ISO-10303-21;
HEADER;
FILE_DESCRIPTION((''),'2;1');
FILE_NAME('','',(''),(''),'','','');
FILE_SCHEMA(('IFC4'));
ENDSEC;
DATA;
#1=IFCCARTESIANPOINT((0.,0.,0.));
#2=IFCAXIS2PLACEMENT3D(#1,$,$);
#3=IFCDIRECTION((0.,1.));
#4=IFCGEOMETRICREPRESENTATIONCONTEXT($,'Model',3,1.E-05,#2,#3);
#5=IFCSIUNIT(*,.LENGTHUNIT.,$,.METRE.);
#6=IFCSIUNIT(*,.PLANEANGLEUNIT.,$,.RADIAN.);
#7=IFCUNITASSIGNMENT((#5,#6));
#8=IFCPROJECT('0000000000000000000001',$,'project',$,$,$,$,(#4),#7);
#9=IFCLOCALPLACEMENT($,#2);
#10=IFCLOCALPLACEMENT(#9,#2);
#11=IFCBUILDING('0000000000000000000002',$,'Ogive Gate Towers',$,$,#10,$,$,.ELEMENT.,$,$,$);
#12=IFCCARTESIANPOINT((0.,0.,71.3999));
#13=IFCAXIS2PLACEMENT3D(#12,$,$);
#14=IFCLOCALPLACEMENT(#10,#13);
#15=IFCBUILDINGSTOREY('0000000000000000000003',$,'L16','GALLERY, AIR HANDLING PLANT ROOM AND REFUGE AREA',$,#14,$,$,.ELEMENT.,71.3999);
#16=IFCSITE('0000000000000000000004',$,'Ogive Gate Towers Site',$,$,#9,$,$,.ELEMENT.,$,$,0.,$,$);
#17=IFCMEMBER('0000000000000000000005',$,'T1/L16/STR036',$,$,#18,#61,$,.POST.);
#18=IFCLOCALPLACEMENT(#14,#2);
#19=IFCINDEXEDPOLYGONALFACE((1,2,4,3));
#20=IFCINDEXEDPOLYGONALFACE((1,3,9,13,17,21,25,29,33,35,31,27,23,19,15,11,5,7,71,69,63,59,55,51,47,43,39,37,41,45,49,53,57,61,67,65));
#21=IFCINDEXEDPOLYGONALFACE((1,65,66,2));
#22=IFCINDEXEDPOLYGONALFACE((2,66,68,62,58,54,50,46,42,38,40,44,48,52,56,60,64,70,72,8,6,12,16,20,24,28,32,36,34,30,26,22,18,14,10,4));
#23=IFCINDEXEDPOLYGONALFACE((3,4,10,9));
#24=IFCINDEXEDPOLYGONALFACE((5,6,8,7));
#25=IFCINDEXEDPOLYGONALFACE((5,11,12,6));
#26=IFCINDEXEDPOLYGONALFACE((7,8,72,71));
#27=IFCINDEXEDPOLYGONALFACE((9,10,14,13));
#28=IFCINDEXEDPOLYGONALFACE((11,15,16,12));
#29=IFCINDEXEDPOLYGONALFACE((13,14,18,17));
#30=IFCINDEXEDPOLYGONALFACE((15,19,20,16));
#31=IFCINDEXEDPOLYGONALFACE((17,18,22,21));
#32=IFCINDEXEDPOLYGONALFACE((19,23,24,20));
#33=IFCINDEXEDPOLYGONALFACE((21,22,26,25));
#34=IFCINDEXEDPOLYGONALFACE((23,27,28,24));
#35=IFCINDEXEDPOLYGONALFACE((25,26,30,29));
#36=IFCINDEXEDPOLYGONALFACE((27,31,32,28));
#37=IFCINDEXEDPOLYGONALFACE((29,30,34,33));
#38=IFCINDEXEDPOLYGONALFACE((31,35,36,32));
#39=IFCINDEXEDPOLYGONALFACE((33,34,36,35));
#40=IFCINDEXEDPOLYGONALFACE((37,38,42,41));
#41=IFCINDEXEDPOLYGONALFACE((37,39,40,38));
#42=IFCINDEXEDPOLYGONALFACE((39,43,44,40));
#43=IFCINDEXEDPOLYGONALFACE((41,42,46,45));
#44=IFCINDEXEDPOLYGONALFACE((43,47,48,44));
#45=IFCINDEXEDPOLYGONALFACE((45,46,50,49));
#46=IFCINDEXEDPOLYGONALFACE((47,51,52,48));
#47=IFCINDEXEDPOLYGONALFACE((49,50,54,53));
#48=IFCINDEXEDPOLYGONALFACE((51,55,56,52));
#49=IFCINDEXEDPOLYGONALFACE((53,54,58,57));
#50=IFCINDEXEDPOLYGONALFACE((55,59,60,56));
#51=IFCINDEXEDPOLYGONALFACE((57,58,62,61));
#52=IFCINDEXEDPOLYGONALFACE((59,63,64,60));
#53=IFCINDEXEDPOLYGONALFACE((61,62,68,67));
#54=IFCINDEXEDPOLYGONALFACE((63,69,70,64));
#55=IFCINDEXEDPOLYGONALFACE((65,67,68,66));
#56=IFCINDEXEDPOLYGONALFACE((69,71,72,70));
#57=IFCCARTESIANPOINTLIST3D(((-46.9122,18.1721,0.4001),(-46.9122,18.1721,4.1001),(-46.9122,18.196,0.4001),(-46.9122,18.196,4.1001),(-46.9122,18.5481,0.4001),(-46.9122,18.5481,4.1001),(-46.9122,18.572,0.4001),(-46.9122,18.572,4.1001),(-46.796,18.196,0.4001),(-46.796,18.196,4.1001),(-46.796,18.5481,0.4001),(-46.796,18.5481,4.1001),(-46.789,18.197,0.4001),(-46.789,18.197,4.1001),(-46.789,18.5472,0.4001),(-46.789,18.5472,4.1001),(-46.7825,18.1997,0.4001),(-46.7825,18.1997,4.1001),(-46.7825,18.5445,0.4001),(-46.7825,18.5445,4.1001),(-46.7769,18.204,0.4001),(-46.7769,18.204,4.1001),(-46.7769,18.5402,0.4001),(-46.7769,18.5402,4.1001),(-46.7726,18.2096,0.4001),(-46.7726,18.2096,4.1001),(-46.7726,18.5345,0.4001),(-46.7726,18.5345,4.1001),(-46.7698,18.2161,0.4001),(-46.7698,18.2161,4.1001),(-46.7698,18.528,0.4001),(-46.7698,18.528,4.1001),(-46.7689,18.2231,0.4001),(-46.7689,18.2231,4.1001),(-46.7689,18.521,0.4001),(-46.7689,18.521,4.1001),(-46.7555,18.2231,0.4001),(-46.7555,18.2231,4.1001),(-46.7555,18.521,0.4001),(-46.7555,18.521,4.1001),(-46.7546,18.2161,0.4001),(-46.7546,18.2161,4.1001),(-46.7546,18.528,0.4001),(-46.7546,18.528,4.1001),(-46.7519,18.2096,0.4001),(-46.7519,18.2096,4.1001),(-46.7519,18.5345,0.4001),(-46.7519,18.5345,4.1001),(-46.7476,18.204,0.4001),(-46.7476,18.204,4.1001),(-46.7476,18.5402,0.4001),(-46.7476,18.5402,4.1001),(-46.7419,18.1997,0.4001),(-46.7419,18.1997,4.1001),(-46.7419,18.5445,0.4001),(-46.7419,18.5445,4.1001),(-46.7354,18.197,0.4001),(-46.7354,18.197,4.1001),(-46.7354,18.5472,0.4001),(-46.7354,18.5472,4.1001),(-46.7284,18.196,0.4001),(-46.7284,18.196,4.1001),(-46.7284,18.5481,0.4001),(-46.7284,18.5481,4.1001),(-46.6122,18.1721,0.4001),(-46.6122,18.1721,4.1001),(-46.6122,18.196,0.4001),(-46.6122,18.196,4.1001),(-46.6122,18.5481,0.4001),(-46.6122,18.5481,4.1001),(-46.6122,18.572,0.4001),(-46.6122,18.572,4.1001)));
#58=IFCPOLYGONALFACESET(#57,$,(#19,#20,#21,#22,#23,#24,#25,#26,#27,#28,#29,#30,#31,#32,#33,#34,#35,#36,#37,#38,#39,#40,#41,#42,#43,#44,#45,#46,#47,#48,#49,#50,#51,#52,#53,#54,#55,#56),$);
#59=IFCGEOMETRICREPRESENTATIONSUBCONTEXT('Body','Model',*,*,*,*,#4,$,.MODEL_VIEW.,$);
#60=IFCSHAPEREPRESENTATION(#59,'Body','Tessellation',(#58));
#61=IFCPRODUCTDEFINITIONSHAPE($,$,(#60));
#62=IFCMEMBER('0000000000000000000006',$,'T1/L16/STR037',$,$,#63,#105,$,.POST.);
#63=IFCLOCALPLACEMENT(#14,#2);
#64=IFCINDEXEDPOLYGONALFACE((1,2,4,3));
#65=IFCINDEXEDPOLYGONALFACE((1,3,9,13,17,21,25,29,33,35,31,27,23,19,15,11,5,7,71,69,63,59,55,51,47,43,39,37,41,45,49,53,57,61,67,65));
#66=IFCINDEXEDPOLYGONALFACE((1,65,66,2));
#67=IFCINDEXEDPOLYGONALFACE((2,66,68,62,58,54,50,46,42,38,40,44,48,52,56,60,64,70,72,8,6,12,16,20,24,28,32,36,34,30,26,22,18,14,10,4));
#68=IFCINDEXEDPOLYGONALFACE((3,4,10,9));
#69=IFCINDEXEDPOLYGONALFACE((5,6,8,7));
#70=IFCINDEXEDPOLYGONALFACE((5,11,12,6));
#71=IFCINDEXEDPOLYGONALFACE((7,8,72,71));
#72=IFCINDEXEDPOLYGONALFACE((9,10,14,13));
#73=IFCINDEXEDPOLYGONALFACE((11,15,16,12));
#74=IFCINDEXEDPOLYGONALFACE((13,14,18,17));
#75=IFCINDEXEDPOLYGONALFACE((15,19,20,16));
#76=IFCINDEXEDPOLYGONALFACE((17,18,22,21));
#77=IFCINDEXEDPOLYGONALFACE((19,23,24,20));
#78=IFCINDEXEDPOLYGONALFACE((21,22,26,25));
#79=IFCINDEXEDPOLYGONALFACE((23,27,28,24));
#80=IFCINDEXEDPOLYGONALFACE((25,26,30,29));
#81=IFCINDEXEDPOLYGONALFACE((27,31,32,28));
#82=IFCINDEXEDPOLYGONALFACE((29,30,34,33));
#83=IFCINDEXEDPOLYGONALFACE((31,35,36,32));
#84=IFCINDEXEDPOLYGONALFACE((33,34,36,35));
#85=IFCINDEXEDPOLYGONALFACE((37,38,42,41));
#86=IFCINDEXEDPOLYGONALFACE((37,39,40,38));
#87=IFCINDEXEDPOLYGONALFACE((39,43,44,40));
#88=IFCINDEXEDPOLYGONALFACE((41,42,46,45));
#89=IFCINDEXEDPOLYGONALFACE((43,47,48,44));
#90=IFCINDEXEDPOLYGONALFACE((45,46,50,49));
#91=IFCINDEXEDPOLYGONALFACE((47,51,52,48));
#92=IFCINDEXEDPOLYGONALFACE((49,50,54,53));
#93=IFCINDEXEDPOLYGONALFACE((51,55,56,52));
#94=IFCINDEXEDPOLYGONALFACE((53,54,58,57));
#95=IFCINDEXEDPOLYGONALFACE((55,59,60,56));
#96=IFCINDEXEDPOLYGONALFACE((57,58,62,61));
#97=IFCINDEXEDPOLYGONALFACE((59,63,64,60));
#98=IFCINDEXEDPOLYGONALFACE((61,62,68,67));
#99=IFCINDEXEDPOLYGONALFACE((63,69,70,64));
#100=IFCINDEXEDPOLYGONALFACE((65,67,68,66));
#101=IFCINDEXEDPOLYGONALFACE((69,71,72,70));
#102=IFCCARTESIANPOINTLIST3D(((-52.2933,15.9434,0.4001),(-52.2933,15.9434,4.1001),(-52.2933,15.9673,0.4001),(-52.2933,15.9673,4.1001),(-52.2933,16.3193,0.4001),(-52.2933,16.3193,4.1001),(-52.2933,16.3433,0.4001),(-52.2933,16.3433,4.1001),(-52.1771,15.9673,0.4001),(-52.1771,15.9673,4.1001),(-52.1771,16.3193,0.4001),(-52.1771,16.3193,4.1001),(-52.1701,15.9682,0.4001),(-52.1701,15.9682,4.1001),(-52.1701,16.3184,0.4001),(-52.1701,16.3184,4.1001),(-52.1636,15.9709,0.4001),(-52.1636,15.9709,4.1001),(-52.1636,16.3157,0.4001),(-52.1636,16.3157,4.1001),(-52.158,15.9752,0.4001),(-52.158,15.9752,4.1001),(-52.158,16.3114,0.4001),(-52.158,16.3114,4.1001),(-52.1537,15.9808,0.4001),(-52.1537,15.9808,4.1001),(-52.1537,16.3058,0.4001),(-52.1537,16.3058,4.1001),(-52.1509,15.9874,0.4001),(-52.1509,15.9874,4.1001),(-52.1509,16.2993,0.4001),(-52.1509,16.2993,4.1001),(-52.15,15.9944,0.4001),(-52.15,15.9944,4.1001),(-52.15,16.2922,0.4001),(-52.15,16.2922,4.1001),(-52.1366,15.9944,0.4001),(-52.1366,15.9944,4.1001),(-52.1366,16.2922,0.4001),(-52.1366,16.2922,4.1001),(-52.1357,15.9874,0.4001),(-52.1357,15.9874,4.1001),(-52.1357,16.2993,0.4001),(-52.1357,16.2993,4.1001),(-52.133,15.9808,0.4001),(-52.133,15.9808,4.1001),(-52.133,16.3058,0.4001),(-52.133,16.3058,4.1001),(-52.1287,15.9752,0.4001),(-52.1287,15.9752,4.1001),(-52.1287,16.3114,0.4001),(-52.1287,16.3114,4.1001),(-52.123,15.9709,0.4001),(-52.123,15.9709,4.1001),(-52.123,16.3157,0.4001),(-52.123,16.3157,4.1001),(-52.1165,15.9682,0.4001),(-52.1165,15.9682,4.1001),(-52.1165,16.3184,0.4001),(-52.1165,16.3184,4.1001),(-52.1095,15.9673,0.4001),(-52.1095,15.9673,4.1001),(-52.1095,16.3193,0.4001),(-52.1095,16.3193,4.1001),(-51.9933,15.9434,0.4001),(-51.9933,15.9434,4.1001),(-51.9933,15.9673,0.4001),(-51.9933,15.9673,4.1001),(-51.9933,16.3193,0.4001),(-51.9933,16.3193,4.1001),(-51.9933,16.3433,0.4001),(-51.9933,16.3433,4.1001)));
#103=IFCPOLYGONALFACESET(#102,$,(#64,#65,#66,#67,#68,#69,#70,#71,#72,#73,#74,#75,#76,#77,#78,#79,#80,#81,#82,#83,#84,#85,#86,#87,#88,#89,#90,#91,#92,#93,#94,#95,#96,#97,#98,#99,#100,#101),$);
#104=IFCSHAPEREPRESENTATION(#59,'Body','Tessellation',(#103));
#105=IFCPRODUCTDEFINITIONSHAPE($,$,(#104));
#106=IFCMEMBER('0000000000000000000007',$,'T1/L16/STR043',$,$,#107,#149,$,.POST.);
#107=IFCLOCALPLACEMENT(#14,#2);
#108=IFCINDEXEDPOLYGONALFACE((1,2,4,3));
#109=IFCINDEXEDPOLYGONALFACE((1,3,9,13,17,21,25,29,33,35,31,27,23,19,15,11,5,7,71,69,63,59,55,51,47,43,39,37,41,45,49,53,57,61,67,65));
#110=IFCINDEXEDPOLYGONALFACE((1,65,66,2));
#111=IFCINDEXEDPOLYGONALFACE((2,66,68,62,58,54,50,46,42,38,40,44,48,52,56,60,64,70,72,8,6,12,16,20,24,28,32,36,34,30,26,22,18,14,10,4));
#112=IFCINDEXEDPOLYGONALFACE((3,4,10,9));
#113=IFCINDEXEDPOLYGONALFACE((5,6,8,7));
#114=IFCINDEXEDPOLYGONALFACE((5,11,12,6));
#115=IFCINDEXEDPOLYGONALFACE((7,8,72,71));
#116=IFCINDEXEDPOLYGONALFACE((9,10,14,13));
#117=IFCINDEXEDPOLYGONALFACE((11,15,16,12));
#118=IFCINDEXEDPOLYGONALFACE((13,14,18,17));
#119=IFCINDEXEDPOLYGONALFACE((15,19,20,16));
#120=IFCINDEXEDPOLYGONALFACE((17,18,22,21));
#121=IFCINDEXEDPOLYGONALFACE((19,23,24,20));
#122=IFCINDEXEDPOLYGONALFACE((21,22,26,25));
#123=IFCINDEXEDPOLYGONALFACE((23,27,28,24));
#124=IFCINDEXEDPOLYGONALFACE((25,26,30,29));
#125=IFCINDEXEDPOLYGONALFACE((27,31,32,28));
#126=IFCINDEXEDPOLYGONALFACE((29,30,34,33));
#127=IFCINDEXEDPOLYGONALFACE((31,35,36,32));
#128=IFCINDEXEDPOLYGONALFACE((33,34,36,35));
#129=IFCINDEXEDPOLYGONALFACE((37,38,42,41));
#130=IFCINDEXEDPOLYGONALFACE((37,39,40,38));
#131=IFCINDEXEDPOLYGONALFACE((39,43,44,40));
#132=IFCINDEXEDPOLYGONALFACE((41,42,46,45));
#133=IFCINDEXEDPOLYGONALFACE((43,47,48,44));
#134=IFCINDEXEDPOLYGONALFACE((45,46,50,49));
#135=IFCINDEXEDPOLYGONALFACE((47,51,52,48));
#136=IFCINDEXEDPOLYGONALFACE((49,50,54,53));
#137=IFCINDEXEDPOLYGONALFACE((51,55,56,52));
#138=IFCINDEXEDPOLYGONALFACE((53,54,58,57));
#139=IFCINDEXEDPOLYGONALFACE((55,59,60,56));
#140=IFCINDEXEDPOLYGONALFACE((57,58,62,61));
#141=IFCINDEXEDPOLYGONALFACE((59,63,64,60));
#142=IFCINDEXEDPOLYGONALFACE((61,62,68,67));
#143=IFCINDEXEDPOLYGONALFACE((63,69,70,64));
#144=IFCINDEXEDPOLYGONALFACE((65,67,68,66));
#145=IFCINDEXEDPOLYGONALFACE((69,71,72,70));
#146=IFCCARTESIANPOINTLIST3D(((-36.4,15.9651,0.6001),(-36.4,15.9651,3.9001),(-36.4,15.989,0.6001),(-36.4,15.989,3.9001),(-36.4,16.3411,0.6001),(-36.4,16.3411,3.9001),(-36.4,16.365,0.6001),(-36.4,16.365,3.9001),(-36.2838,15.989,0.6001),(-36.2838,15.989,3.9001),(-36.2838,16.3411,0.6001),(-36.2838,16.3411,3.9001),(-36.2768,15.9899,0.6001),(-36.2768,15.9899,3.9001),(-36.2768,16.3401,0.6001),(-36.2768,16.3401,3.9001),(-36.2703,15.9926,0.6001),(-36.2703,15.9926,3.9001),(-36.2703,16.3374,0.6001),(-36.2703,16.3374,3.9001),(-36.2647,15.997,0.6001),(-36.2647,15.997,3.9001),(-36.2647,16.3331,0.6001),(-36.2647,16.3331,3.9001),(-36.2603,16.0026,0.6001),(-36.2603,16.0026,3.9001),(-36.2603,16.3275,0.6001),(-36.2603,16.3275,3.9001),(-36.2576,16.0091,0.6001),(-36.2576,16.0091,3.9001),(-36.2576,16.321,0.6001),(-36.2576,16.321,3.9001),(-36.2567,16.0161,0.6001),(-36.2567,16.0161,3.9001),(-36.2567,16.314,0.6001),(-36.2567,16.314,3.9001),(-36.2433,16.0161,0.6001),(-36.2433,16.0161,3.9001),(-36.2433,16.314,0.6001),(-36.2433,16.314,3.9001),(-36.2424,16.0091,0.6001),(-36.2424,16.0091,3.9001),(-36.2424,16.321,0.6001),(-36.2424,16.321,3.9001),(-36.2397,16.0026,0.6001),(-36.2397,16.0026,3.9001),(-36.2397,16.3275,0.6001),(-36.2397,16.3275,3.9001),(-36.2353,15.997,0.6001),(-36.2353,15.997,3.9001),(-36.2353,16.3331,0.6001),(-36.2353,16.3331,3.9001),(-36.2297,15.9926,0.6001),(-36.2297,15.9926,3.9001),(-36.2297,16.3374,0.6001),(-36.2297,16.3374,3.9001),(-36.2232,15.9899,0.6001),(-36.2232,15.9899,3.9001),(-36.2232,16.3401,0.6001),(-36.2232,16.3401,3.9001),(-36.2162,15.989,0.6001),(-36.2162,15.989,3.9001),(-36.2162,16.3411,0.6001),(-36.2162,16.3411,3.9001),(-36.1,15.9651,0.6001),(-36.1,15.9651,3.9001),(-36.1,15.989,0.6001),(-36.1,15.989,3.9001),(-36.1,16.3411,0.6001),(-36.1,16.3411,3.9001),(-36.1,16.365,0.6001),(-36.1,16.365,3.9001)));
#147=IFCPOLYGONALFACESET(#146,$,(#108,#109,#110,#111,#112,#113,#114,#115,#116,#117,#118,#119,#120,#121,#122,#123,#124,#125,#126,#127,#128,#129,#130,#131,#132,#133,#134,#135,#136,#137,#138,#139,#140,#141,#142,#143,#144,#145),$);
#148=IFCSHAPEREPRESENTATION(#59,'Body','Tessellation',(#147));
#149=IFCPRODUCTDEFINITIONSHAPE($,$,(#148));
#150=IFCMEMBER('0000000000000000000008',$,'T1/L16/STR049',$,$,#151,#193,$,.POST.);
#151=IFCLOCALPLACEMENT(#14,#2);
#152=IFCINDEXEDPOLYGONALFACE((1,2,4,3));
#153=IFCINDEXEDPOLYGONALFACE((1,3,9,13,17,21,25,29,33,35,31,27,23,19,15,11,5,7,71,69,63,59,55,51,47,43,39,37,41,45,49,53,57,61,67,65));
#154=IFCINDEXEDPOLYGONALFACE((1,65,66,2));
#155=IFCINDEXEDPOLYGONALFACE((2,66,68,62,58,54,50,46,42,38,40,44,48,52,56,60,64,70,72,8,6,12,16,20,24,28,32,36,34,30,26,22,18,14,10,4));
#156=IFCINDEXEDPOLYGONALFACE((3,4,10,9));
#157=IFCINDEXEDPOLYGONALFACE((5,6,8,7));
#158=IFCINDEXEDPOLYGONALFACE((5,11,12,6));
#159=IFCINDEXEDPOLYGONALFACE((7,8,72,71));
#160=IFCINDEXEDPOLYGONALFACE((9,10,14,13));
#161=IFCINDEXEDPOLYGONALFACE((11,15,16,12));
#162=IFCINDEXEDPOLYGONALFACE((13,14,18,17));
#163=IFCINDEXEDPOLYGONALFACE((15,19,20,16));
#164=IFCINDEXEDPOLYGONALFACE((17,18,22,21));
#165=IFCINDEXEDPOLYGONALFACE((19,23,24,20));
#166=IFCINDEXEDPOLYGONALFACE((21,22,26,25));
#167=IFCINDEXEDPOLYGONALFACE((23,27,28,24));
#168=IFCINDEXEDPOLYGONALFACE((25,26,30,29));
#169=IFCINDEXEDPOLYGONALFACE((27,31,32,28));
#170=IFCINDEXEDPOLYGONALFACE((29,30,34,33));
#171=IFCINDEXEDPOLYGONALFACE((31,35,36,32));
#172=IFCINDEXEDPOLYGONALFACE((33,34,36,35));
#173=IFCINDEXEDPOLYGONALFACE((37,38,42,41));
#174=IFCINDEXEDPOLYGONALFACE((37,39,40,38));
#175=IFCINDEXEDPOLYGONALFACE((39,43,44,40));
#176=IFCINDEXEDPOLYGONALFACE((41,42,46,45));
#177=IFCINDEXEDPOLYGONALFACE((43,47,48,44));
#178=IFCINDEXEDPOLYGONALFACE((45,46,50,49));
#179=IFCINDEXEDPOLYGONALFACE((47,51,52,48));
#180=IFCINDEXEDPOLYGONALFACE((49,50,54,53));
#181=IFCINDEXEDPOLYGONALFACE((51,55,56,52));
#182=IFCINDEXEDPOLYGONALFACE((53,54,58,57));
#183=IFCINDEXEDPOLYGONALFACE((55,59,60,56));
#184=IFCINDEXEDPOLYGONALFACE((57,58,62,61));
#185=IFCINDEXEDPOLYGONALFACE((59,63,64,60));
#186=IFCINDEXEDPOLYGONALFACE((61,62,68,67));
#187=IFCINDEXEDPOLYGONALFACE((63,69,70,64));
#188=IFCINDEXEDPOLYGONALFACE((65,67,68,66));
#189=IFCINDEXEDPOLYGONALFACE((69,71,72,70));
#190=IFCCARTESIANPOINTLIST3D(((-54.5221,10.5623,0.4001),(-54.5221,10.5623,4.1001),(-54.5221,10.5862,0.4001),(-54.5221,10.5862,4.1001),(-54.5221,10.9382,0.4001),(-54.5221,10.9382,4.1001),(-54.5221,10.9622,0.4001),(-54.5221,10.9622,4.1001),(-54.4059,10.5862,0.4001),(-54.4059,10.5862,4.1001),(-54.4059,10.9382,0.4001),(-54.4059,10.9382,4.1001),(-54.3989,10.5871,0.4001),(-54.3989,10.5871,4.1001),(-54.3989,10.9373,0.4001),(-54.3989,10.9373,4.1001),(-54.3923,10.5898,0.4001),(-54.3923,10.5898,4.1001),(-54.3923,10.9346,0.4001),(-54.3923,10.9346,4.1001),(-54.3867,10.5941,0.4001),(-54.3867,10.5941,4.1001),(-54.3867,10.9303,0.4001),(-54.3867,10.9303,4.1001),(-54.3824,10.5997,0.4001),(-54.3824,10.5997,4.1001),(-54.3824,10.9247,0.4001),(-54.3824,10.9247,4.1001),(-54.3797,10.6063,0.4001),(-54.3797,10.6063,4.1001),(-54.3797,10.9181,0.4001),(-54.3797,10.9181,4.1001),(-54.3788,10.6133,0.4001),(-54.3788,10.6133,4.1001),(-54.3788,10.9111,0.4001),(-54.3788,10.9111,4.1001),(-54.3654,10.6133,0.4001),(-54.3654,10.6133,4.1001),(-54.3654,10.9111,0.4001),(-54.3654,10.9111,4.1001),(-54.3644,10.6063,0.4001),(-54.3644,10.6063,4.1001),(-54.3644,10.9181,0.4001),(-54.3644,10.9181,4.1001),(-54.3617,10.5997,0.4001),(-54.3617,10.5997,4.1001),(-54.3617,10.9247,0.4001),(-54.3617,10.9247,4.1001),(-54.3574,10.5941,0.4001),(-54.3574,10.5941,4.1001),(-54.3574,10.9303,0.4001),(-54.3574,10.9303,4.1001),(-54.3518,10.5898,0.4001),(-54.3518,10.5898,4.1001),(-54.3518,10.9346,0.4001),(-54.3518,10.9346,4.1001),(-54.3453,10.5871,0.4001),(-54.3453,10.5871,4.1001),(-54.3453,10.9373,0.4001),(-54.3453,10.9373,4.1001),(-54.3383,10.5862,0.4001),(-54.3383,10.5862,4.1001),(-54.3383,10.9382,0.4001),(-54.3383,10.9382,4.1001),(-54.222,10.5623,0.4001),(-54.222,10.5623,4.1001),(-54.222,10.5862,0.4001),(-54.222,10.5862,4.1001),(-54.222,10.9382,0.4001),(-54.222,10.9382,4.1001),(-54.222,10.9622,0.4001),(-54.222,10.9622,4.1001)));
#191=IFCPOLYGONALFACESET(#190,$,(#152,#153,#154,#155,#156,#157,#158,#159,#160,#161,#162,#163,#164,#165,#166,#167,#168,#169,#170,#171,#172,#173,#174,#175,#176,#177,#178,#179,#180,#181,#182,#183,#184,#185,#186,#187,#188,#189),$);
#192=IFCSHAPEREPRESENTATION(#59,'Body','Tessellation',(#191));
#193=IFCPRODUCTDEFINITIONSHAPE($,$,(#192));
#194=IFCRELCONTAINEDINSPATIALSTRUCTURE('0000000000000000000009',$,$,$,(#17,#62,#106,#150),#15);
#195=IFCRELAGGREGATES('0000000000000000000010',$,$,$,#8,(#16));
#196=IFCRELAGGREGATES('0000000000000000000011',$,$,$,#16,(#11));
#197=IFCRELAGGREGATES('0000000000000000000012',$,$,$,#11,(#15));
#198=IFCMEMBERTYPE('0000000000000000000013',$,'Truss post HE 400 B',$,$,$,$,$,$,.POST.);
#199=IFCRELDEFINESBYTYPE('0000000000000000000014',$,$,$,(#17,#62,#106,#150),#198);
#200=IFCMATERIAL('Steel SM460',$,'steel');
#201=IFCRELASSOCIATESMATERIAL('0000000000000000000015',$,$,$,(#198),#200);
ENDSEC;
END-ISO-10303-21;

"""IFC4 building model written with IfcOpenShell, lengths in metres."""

from ifc_helpers import new_model, si_unit, direction, frame, origin, origin_2d, place, context, subcontext, project, spatial, i_section, extrude, material, material_profile, profile_set, type_object, element, save


model = new_model("IFC4")

# Units and contexts
model_context = context("Model", 3, precision=1e-05, world=origin(), true_north=direction((0.0, 1.0)))
body_context = subcontext(model_context, "Body", "Model", "MODEL_VIEW")
ifc_project = project(units=[si_unit("LENGTHUNIT", "METRE"), si_unit("PLANEANGLEUNIT", "RADIAN")], contexts=[model_context])

# Site, building, storey
site_placement = place(None, origin())
site = spatial("IfcSite", under=ifc_project, at=site_placement, Name="Ogive Gate Towers Site", CompositionType="ELEMENT", RefElevation=0.0)
building_placement = place(site_placement, origin())
building = spatial("IfcBuilding", under=site, at=building_placement, Name="Ogive Gate Towers", CompositionType="ELEMENT")
storey_placement = place(building_placement, frame((0.0, 0.0, 71.3999)))
storey = spatial("IfcBuildingStorey", under=building, at=storey_placement, Name="L16", Description="GALLERY, AIR HANDLING PLANT ROOM AND REFUGE AREA", CompositionType="ELEMENT", Elevation=71.3999)

# Shared definitions
ifc_material_1 = material(Name="Steel SM460", Category="steel")

# Members
ifc_material_profile_1 = material_profile(ifc_material_1, i_section(OverallWidth=0.3, OverallDepth=0.3999, WebThickness=0.0134, FlangeThickness=0.0239, FilletRadius=0.0271, at=origin_2d()), Name="HE 400 B")
ifc_profile_set_1 = profile_set([ifc_material_profile_1], Name="Steel SM460")
member_type_1 = type_object("IfcMemberType", Name="Truss post HE 400 B", PredefinedType="POST", material=ifc_profile_set_1)
for number, where, z_axis, x_axis, name in (
    (1, (-46.7622, 18.3721, 0.4001), (0.0, 0.0, 1.0), (1.0, 0.0, 0.0), "T1/L16/STR036"),
    (2, (-52.1433, 16.1433, 0.4001), (0.0, 0.0, 1.0), (1.0, 0.0, 0.0), "T1/L16/STR037"),
):
    element("IfcMember", number, at=place(storey_placement, frame(where, z_axis=z_axis, x_axis=x_axis)), inside=storey, type_object=member_type_1, Name=name, PredefinedType="POST", context=body_context, shape_type="SweptSolid", body=[
        extrude(i_section(OverallWidth=0.3, OverallDepth=0.3999, WebThickness=0.0134, FlangeThickness=0.0239, FilletRadius=0.0271, at=origin_2d()), origin(), (0.0, 0.0, 1.0), 3.7),
    ])
member_1_placement = place(storey_placement, frame((-36.25, 16.165, 0.6001), z_axis=(0.0, 0.0, 1.0), x_axis=(1.0, 0.0, 0.0)))
element("IfcMember", 3, at=member_1_placement, inside=storey, type_object=member_type_1, Name="T1/L16/STR043", PredefinedType="POST", context=body_context, shape_type="SweptSolid", body=[
    extrude(i_section(OverallWidth=0.3, OverallDepth=0.3999, WebThickness=0.0134, FlangeThickness=0.0239, FilletRadius=0.0271, at=origin_2d()), origin(), (0.0, 0.0, 1.0), 3.3),
])
member_2_placement = place(storey_placement, frame((-54.3721, 10.7622, 0.4001), z_axis=(0.0, 0.0, 1.0), x_axis=(1.0, 0.0, 0.0)))
element("IfcMember", 4, at=member_2_placement, inside=storey, type_object=member_type_1, Name="T1/L16/STR049", PredefinedType="POST", context=body_context, shape_type="SweptSolid", body=[
    extrude(i_section(OverallWidth=0.3, OverallDepth=0.3999, WebThickness=0.0134, FlangeThickness=0.0239, FilletRadius=0.0271, at=origin_2d()), origin(), (0.0, 0.0, 1.0), 3.7),
])

save(model, "model.ifc")
